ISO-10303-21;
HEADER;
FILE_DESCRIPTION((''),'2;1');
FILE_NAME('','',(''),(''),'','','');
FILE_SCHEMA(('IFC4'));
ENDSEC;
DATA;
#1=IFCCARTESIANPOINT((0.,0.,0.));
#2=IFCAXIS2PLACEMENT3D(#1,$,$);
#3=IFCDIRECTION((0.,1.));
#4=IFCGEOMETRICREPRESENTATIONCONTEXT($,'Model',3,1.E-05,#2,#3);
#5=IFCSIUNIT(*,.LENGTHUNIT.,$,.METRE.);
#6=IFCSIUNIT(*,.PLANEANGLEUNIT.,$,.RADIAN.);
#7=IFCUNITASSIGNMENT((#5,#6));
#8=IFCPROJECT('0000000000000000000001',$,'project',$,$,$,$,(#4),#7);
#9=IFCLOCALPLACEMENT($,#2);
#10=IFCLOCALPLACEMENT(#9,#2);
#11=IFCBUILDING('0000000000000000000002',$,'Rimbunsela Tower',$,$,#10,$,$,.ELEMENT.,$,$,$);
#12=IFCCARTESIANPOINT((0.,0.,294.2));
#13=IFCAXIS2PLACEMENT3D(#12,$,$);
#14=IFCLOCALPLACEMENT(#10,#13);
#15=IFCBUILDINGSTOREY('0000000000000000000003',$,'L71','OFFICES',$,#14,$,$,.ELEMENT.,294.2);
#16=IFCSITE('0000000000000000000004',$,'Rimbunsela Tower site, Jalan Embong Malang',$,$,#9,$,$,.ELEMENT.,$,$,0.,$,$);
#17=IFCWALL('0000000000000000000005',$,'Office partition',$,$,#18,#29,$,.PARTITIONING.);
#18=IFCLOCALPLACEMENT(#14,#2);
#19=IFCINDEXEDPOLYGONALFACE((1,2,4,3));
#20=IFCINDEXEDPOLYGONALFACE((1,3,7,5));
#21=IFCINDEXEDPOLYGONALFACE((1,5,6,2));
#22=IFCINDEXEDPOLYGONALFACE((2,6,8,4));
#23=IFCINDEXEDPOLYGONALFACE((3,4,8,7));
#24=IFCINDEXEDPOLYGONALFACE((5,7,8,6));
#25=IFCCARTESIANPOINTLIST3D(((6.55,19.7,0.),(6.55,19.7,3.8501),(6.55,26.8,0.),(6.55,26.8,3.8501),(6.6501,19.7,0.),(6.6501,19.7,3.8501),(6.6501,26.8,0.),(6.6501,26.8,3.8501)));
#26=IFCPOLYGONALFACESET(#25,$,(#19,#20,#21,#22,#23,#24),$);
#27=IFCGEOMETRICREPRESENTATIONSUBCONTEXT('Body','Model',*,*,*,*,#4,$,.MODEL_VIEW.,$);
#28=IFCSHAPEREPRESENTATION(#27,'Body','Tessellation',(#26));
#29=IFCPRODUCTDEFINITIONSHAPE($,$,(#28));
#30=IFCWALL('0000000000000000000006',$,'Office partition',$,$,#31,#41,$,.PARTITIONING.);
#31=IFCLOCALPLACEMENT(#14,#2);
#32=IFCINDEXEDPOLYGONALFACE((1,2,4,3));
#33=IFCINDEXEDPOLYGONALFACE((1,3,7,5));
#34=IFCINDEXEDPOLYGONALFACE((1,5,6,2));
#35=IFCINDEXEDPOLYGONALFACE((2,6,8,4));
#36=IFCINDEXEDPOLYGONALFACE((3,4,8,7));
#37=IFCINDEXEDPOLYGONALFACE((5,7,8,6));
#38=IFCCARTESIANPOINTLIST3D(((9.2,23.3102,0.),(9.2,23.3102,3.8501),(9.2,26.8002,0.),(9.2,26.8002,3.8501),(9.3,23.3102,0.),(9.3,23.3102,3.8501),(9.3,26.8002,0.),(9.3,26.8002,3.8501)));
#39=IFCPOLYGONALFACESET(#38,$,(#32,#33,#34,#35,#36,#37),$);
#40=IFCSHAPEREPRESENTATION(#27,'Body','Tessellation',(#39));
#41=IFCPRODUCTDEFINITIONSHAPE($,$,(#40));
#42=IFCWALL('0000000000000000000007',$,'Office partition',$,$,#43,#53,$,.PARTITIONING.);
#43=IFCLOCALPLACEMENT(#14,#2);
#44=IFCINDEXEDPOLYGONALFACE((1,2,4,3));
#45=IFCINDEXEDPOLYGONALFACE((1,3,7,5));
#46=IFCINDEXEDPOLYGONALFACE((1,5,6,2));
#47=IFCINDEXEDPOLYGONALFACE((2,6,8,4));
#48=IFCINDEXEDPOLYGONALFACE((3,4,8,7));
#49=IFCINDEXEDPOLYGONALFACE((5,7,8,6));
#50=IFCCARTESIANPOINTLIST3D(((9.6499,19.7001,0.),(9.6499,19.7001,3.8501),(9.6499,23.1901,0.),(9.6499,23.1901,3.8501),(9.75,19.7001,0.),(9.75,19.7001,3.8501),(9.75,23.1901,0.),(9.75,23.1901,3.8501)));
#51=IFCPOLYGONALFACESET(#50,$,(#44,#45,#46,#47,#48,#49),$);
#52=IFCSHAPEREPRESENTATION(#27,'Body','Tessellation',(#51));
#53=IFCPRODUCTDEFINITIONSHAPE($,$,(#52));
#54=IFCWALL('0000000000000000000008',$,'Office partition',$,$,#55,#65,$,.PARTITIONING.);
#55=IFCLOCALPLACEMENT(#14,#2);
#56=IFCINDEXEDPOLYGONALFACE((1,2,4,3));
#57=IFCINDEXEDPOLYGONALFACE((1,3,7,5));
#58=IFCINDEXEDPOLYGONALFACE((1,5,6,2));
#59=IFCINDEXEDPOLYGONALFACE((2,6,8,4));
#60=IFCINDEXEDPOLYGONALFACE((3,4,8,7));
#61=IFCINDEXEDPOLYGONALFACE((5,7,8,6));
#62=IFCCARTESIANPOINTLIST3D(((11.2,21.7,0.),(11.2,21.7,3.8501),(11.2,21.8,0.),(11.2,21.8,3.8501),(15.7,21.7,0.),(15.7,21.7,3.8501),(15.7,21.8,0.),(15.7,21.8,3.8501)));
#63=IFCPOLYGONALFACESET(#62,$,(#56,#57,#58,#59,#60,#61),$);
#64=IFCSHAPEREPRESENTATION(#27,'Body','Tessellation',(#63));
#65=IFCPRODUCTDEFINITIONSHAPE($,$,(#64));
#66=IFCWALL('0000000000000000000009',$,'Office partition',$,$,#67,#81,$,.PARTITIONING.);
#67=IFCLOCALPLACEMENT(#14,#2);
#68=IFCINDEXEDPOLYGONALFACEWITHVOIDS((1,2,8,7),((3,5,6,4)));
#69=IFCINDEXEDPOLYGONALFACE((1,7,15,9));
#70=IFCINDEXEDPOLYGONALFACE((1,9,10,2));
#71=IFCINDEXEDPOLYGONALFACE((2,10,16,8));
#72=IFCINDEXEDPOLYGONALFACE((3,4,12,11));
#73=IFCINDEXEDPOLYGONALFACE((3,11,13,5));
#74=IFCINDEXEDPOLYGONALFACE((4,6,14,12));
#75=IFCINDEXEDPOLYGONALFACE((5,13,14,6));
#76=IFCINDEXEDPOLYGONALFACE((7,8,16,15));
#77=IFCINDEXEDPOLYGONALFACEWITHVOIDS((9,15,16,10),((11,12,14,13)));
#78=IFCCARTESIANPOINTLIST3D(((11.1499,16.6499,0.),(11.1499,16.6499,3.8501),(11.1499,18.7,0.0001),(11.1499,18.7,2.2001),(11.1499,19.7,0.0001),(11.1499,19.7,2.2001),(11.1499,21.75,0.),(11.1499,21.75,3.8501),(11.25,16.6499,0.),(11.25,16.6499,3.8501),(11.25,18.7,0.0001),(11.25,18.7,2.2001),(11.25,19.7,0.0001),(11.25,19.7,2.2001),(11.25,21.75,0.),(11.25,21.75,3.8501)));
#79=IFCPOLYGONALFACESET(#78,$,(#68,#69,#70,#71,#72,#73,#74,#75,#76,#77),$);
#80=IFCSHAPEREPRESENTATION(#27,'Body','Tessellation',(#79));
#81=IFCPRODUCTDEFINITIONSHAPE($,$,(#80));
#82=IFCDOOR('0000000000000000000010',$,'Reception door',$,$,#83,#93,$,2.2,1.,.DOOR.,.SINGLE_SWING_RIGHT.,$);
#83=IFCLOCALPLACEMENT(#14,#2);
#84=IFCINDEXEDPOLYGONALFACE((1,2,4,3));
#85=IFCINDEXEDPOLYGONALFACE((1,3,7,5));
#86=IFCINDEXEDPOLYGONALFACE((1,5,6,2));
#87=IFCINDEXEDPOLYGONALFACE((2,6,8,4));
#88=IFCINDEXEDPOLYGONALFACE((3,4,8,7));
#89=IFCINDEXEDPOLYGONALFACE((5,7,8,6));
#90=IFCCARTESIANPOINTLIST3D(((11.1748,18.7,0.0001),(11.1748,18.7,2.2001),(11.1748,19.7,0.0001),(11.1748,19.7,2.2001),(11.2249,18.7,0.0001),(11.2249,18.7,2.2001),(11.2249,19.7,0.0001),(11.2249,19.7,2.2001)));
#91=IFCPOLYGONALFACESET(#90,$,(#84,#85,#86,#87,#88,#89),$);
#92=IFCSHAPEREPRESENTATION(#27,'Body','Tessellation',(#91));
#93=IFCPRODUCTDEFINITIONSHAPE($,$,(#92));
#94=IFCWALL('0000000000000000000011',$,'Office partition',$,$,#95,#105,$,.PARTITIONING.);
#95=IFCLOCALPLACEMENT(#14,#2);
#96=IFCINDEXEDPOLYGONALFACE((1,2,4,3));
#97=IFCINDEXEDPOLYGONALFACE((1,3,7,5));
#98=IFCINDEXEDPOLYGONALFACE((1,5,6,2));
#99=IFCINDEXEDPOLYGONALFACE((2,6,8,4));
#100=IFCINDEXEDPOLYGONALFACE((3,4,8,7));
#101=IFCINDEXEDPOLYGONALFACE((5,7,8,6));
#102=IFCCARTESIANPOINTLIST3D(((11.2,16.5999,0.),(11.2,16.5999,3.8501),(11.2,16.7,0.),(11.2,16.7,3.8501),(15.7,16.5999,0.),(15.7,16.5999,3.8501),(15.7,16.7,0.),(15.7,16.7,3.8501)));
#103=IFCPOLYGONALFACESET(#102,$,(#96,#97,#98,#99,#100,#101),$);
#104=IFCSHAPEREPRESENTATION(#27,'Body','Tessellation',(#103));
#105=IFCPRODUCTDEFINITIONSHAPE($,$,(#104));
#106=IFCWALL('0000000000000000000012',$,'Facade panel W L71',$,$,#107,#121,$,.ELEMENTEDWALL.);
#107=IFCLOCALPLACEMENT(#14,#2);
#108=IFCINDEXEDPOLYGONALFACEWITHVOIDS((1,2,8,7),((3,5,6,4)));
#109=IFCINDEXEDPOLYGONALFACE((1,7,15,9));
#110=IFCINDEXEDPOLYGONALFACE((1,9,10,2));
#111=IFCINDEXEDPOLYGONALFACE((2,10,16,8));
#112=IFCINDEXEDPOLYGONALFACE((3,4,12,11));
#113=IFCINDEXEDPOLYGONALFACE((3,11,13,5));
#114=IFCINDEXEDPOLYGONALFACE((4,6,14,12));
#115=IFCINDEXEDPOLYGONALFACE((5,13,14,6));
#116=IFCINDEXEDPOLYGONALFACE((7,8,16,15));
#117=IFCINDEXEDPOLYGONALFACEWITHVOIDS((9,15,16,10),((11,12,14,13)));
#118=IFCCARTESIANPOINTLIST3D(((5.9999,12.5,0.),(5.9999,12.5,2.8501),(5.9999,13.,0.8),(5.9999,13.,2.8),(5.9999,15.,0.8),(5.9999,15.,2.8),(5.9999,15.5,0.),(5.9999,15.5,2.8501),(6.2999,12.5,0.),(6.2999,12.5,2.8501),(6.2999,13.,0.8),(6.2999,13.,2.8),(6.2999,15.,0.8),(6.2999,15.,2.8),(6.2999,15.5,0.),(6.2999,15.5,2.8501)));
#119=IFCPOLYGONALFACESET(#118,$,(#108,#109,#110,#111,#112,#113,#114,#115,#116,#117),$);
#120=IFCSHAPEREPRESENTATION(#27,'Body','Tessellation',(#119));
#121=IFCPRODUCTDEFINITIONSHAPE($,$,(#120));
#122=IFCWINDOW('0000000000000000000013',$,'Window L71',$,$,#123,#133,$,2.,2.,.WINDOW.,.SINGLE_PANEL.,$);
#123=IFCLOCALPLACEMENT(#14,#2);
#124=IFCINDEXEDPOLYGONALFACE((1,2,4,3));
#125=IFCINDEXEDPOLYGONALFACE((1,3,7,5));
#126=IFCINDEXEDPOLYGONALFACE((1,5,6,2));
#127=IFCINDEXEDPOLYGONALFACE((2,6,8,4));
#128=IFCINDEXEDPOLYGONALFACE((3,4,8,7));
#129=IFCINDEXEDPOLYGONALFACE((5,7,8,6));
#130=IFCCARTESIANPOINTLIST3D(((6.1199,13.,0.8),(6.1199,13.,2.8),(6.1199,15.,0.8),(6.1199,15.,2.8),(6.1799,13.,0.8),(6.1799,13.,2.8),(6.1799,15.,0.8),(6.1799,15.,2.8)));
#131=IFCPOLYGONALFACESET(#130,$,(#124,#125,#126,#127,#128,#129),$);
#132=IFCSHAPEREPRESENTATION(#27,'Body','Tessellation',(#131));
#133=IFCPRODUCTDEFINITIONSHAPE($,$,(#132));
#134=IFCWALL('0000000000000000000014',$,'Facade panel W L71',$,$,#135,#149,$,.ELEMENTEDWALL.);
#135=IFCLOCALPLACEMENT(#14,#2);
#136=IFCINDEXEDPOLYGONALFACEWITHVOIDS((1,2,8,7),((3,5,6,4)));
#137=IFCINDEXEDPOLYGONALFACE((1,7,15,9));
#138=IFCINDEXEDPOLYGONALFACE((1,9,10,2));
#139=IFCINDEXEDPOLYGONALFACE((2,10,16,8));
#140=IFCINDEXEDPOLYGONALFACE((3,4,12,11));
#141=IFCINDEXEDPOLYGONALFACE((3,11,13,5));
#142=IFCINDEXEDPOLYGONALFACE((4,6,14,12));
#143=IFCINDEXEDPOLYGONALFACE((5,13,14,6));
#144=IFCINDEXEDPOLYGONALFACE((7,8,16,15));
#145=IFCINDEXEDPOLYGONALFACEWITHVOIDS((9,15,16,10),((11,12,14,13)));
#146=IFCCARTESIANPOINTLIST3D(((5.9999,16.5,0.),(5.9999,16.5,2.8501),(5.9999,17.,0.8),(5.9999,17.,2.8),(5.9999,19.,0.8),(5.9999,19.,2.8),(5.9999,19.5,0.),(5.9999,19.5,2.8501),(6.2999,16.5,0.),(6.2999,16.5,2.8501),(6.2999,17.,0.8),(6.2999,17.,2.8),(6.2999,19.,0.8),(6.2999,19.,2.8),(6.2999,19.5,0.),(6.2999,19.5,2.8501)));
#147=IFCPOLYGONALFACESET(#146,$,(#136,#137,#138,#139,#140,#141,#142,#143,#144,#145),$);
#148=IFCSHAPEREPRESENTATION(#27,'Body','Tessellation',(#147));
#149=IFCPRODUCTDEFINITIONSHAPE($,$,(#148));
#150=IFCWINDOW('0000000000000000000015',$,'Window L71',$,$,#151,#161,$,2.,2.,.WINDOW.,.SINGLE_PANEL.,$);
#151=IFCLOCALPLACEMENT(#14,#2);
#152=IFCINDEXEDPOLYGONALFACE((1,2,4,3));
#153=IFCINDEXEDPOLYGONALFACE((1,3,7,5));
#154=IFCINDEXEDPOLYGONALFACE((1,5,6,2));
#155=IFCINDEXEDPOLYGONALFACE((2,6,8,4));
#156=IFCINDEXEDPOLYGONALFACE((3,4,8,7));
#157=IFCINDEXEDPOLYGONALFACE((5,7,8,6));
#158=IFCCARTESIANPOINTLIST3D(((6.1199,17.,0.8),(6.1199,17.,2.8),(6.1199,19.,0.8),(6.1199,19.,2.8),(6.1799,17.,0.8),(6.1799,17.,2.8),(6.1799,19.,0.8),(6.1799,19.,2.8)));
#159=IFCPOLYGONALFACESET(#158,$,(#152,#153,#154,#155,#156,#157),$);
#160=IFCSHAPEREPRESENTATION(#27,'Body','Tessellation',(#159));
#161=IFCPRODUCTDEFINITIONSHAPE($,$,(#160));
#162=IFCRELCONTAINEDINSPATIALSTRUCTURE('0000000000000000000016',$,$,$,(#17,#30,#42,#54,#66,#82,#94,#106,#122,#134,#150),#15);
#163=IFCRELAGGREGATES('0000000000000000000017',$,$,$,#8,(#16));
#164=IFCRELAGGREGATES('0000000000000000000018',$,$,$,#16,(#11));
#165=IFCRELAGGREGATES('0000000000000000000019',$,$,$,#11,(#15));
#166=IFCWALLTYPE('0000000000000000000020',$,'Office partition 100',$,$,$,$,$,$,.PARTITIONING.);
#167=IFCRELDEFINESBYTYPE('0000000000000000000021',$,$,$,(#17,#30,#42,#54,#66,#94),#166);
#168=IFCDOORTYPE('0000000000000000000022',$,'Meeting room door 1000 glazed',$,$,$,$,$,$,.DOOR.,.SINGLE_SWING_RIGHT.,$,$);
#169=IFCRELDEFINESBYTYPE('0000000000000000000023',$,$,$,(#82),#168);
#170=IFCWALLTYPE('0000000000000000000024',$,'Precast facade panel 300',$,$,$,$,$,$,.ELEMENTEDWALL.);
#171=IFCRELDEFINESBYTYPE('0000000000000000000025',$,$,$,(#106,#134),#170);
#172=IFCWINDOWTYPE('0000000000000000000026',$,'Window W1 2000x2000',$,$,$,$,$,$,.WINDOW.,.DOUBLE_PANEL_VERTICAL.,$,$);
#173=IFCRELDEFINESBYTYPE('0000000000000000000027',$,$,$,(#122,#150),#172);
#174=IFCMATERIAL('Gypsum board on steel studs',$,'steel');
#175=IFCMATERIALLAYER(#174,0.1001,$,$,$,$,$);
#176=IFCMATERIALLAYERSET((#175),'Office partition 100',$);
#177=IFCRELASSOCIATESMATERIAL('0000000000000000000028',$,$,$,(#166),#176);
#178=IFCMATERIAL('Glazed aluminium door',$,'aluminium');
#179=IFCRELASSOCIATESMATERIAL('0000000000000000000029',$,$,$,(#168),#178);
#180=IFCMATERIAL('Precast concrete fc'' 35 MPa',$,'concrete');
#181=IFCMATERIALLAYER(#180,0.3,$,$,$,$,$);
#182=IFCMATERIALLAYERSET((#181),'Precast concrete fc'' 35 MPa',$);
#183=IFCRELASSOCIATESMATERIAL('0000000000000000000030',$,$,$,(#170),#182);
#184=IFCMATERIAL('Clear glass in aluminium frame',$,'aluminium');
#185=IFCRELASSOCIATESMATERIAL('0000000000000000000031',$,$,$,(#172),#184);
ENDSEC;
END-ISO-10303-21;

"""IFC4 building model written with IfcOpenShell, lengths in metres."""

from ifc_helpers import new_model, si_unit, direction, frame, frame_2d, origin, place, context, subcontext, project, spatial, rectangle, extrude, material, layer, layer_set, type_object, element, fill, save


model = new_model("IFC4")

# Units and contexts
model_context = context("Model", 3, precision=1e-05, world=origin(), true_north=direction((0.0, 1.0)))
body_context = subcontext(model_context, "Body", "Model", "MODEL_VIEW")
ifc_project = project(units=[si_unit("LENGTHUNIT", "METRE"), si_unit("PLANEANGLEUNIT", "RADIAN")], contexts=[model_context])

# Site, building, storey
site_placement = place(None, origin())
site = spatial("IfcSite", under=ifc_project, at=site_placement, Name="Rimbunsela Tower site, Jalan Embong Malang", CompositionType="ELEMENT", RefElevation=0.0)
building_placement = place(site_placement, origin())
building = spatial("IfcBuilding", under=site, at=building_placement, Name="Rimbunsela Tower", CompositionType="ELEMENT")
storey_placement = place(building_placement, frame((0.0, 0.0, 294.2)))
storey = spatial("IfcBuildingStorey", under=building, at=storey_placement, Name="L71", Description="OFFICES", CompositionType="ELEMENT", Elevation=294.2)

# Shared definitions
ifc_material_1 = material(Name="Gypsum board on steel studs", Category="steel")
ifc_layer_1 = layer(ifc_material_1, 0.1001)
ifc_layer_set_1 = layer_set([ifc_layer_1], Name="Office partition 100")
wall_type_1 = type_object("IfcWallType", Name="Office partition 100", PredefinedType="PARTITIONING", material=ifc_layer_set_1)

# Walls
wall_1_placement = place(storey_placement, frame((6.6001, 19.7, 0.0), z_axis=(0.0, 0.0, 1.0), x_axis=(0.0, 1.0, 0.0)))
element("IfcWall", 1, at=wall_1_placement, inside=storey, type_object=wall_type_1, Name="Office partition", PredefinedType="PARTITIONING", context=body_context, shape_type="SweptSolid", body=[
    extrude(rectangle(XDim=7.1001, YDim=0.1001, at=frame_2d((3.55, 0.0))), origin(), (0.0, 0.0, 1.0), 3.8501),
])
for number, where, z_axis, x_axis, name in (
    (2, (9.25, 23.3101, 0.0), (0.0, 0.0, 1.0), (0.0, 1.0, 0.0), "Office partition"),
    (3, (9.7, 19.7, 0.0), (0.0, 0.0, 1.0), (0.0, 1.0, 0.0), "Office partition"),
):
    element("IfcWall", number, at=place(storey_placement, frame(where, z_axis=z_axis, x_axis=x_axis)), inside=storey, type_object=wall_type_1, Name=name, PredefinedType="PARTITIONING", context=body_context, shape_type="SweptSolid", body=[
        extrude(rectangle(XDim=3.49, YDim=0.1001, at=frame_2d((1.7451, 0.0))), origin(), (0.0, 0.0, 1.0), 3.8501),
    ])
wall_2_placement = place(storey_placement, frame((15.7, 21.75, 0.0), z_axis=(0.0, 0.0, 1.0), x_axis=(-1.0, 0.0, 0.0)))
element("IfcWall", 4, at=wall_2_placement, inside=storey, type_object=wall_type_1, Name="Office partition", PredefinedType="PARTITIONING", context=body_context, shape_type="SweptSolid", body=[
    extrude(rectangle(XDim=4.5, YDim=0.1001, at=frame_2d((2.25, 0.0))), origin(), (0.0, 0.0, 1.0), 3.8501),
])

# Wall, opening, door
wall_3_placement = place(storey_placement, frame((11.2, 21.75, 0.0), z_axis=(0.0, 0.0, 1.0), x_axis=(0.0, -1.0, 0.0)))
wall_3 = element("IfcWall", 5, at=wall_3_placement, inside=storey, type_object=wall_type_1, Name="Office partition", PredefinedType="PARTITIONING", context=body_context, shape_type="SweptSolid", body=[
    extrude(rectangle(XDim=5.1001, YDim=0.1001, at=frame_2d((2.55, 0.0))), origin(), (0.0, 0.0, 1.0), 3.8501),
])
opening_1_placement = place(wall_3_placement, frame((2.05, 0.0, 0.0)))
opening_1 = element("IfcOpeningElement", 6, at=opening_1_placement, cuts=wall_3, PredefinedType="OPENING", context=body_context, shape_type="SweptSolid", body=[
    extrude(rectangle(XDim=1.0, YDim=2.2, at=frame_2d((0.5, 1.1001))), frame((0.0, 0.0601, 0.0), z_axis=(0.0, -1.0, 0.0), x_axis=(1.0, 0.0, 0.0)), (0.0, 0.0, 1.0), 0.1201),
])
ifc_material_2 = material(Name="Glazed aluminium door", Category="aluminium")
door_type_1 = type_object("IfcDoorType", Name="Meeting room door 1000 glazed", OperationType="SINGLE_SWING_RIGHT", PredefinedType="DOOR", material=ifc_material_2)
door_1_placement = place(opening_1_placement, origin())
door_1 = element("IfcDoor", 7, at=door_1_placement, inside=storey, type_object=door_type_1, Name="Reception door", OperationType="SINGLE_SWING_RIGHT", OverallHeight=2.2, OverallWidth=1.0, PredefinedType="DOOR", context=body_context, shape_type="SweptSolid", body=[
    extrude(rectangle(XDim=1.0, YDim=2.2, at=frame_2d((0.5, 1.1001))), frame((0.0, 0.0249, 0.0), z_axis=(0.0, -1.0, 0.0), x_axis=(1.0, 0.0, 0.0)), (0.0, 0.0, 1.0), 0.05),
])
fill(opening_1, door_1)

# Wall
wall_4_placement = place(storey_placement, frame((11.2, 16.6499, 0.0), z_axis=(0.0, 0.0, 1.0), x_axis=(1.0, 0.0, 0.0)))
element("IfcWall", 8, at=wall_4_placement, inside=storey, type_object=wall_type_1, Name="Office partition", PredefinedType="PARTITIONING", context=body_context, shape_type="SweptSolid", body=[
    extrude(rectangle(XDim=4.5, YDim=0.1001, at=frame_2d((2.25, 0.0))), origin(), (0.0, 0.0, 1.0), 3.8501),
])

# Walls, openings, windows
ifc_material_3 = material(Name="Precast concrete fc' 35 MPa", Category="concrete")
ifc_layer_2 = layer(ifc_material_3, 0.3)
ifc_layer_set_2 = layer_set([ifc_layer_2], Name="Precast concrete fc' 35 MPa")
wall_type_2 = type_object("IfcWallType", Name="Precast facade panel 300", PredefinedType="ELEMENTEDWALL", material=ifc_layer_set_2)
wall_5_placement = place(storey_placement, frame((6.1499, 15.5, 0.0), z_axis=(0.0, 0.0, 1.0), x_axis=(0.0, -1.0, 0.0)))
wall_5 = element("IfcWall", 9, at=wall_5_placement, inside=storey, type_object=wall_type_2, Name="Facade panel W L71", PredefinedType="ELEMENTEDWALL", context=body_context, shape_type="SweptSolid", body=[
    extrude(rectangle(XDim=3.0, YDim=0.3, at=frame_2d((1.5, 0.0))), origin(), (0.0, 0.0, 1.0), 2.8501),
])
opening_2_placement = place(wall_5_placement, frame((0.5, 0.0, 0.8)))
opening_2 = element("IfcOpeningElement", 10, at=opening_2_placement, cuts=wall_5, PredefinedType="OPENING", context=body_context, shape_type="SweptSolid", body=[
    extrude(rectangle(XDim=2.0, YDim=2.0, at=frame_2d((1.0, 1.0))), frame((0.0, 0.1599, 0.0), z_axis=(0.0, -1.0, 0.0), x_axis=(1.0, 0.0, 0.0)), (0.0, 0.0, 1.0), 0.3201),
])
ifc_material_4 = material(Name="Clear glass in aluminium frame", Category="aluminium")
window_type = type_object("IfcWindowType", Name="Window W1 2000x2000", PartitioningType="DOUBLE_PANEL_VERTICAL", PredefinedType="WINDOW", material=ifc_material_4)
window_1_placement = place(opening_2_placement, origin())
window_1 = element("IfcWindow", 11, at=window_1_placement, inside=storey, type_object=window_type, Name="Window L71", OverallHeight=2.0, OverallWidth=2.0, PartitioningType="SINGLE_PANEL", PredefinedType="WINDOW", context=body_context, shape_type="SweptSolid", body=[
    extrude(rectangle(XDim=2.0, YDim=2.0, at=frame_2d((1.0, 1.0))), frame((0.0, 0.03, 0.0), z_axis=(0.0, -1.0, 0.0), x_axis=(1.0, 0.0, 0.0)), (0.0, 0.0, 1.0), 0.0601),
])
fill(opening_2, window_1)
wall_6_placement = place(storey_placement, frame((6.1499, 19.5, 0.0), z_axis=(0.0, 0.0, 1.0), x_axis=(0.0, -1.0, 0.0)))
wall_6 = element("IfcWall", 12, at=wall_6_placement, inside=storey, type_object=wall_type_2, Name="Facade panel W L71", PredefinedType="ELEMENTEDWALL", context=body_context, shape_type="SweptSolid", body=[
    extrude(rectangle(XDim=3.0, YDim=0.3, at=frame_2d((1.5, 0.0))), origin(), (0.0, 0.0, 1.0), 2.8501),
])
opening_3_placement = place(wall_6_placement, frame((0.5, 0.0, 0.8)))
opening_3 = element("IfcOpeningElement", 13, at=opening_3_placement, cuts=wall_6, PredefinedType="OPENING", context=body_context, shape_type="SweptSolid", body=[
    extrude(rectangle(XDim=2.0, YDim=2.0, at=frame_2d((1.0, 1.0))), frame((0.0, 0.1599, 0.0), z_axis=(0.0, -1.0, 0.0), x_axis=(1.0, 0.0, 0.0)), (0.0, 0.0, 1.0), 0.3201),
])
window_2_placement = place(opening_3_placement, origin())
window_2 = element("IfcWindow", 14, at=window_2_placement, inside=storey, type_object=window_type, Name="Window L71", OverallHeight=2.0, OverallWidth=2.0, PartitioningType="SINGLE_PANEL", PredefinedType="WINDOW", context=body_context, shape_type="SweptSolid", body=[
    extrude(rectangle(XDim=2.0, YDim=2.0, at=frame_2d((1.0, 1.0))), frame((0.0, 0.03, 0.0), z_axis=(0.0, -1.0, 0.0), x_axis=(1.0, 0.0, 0.0)), (0.0, 0.0, 1.0), 0.0601),
])
fill(opening_3, window_2)

save(model, "model.ifc")
